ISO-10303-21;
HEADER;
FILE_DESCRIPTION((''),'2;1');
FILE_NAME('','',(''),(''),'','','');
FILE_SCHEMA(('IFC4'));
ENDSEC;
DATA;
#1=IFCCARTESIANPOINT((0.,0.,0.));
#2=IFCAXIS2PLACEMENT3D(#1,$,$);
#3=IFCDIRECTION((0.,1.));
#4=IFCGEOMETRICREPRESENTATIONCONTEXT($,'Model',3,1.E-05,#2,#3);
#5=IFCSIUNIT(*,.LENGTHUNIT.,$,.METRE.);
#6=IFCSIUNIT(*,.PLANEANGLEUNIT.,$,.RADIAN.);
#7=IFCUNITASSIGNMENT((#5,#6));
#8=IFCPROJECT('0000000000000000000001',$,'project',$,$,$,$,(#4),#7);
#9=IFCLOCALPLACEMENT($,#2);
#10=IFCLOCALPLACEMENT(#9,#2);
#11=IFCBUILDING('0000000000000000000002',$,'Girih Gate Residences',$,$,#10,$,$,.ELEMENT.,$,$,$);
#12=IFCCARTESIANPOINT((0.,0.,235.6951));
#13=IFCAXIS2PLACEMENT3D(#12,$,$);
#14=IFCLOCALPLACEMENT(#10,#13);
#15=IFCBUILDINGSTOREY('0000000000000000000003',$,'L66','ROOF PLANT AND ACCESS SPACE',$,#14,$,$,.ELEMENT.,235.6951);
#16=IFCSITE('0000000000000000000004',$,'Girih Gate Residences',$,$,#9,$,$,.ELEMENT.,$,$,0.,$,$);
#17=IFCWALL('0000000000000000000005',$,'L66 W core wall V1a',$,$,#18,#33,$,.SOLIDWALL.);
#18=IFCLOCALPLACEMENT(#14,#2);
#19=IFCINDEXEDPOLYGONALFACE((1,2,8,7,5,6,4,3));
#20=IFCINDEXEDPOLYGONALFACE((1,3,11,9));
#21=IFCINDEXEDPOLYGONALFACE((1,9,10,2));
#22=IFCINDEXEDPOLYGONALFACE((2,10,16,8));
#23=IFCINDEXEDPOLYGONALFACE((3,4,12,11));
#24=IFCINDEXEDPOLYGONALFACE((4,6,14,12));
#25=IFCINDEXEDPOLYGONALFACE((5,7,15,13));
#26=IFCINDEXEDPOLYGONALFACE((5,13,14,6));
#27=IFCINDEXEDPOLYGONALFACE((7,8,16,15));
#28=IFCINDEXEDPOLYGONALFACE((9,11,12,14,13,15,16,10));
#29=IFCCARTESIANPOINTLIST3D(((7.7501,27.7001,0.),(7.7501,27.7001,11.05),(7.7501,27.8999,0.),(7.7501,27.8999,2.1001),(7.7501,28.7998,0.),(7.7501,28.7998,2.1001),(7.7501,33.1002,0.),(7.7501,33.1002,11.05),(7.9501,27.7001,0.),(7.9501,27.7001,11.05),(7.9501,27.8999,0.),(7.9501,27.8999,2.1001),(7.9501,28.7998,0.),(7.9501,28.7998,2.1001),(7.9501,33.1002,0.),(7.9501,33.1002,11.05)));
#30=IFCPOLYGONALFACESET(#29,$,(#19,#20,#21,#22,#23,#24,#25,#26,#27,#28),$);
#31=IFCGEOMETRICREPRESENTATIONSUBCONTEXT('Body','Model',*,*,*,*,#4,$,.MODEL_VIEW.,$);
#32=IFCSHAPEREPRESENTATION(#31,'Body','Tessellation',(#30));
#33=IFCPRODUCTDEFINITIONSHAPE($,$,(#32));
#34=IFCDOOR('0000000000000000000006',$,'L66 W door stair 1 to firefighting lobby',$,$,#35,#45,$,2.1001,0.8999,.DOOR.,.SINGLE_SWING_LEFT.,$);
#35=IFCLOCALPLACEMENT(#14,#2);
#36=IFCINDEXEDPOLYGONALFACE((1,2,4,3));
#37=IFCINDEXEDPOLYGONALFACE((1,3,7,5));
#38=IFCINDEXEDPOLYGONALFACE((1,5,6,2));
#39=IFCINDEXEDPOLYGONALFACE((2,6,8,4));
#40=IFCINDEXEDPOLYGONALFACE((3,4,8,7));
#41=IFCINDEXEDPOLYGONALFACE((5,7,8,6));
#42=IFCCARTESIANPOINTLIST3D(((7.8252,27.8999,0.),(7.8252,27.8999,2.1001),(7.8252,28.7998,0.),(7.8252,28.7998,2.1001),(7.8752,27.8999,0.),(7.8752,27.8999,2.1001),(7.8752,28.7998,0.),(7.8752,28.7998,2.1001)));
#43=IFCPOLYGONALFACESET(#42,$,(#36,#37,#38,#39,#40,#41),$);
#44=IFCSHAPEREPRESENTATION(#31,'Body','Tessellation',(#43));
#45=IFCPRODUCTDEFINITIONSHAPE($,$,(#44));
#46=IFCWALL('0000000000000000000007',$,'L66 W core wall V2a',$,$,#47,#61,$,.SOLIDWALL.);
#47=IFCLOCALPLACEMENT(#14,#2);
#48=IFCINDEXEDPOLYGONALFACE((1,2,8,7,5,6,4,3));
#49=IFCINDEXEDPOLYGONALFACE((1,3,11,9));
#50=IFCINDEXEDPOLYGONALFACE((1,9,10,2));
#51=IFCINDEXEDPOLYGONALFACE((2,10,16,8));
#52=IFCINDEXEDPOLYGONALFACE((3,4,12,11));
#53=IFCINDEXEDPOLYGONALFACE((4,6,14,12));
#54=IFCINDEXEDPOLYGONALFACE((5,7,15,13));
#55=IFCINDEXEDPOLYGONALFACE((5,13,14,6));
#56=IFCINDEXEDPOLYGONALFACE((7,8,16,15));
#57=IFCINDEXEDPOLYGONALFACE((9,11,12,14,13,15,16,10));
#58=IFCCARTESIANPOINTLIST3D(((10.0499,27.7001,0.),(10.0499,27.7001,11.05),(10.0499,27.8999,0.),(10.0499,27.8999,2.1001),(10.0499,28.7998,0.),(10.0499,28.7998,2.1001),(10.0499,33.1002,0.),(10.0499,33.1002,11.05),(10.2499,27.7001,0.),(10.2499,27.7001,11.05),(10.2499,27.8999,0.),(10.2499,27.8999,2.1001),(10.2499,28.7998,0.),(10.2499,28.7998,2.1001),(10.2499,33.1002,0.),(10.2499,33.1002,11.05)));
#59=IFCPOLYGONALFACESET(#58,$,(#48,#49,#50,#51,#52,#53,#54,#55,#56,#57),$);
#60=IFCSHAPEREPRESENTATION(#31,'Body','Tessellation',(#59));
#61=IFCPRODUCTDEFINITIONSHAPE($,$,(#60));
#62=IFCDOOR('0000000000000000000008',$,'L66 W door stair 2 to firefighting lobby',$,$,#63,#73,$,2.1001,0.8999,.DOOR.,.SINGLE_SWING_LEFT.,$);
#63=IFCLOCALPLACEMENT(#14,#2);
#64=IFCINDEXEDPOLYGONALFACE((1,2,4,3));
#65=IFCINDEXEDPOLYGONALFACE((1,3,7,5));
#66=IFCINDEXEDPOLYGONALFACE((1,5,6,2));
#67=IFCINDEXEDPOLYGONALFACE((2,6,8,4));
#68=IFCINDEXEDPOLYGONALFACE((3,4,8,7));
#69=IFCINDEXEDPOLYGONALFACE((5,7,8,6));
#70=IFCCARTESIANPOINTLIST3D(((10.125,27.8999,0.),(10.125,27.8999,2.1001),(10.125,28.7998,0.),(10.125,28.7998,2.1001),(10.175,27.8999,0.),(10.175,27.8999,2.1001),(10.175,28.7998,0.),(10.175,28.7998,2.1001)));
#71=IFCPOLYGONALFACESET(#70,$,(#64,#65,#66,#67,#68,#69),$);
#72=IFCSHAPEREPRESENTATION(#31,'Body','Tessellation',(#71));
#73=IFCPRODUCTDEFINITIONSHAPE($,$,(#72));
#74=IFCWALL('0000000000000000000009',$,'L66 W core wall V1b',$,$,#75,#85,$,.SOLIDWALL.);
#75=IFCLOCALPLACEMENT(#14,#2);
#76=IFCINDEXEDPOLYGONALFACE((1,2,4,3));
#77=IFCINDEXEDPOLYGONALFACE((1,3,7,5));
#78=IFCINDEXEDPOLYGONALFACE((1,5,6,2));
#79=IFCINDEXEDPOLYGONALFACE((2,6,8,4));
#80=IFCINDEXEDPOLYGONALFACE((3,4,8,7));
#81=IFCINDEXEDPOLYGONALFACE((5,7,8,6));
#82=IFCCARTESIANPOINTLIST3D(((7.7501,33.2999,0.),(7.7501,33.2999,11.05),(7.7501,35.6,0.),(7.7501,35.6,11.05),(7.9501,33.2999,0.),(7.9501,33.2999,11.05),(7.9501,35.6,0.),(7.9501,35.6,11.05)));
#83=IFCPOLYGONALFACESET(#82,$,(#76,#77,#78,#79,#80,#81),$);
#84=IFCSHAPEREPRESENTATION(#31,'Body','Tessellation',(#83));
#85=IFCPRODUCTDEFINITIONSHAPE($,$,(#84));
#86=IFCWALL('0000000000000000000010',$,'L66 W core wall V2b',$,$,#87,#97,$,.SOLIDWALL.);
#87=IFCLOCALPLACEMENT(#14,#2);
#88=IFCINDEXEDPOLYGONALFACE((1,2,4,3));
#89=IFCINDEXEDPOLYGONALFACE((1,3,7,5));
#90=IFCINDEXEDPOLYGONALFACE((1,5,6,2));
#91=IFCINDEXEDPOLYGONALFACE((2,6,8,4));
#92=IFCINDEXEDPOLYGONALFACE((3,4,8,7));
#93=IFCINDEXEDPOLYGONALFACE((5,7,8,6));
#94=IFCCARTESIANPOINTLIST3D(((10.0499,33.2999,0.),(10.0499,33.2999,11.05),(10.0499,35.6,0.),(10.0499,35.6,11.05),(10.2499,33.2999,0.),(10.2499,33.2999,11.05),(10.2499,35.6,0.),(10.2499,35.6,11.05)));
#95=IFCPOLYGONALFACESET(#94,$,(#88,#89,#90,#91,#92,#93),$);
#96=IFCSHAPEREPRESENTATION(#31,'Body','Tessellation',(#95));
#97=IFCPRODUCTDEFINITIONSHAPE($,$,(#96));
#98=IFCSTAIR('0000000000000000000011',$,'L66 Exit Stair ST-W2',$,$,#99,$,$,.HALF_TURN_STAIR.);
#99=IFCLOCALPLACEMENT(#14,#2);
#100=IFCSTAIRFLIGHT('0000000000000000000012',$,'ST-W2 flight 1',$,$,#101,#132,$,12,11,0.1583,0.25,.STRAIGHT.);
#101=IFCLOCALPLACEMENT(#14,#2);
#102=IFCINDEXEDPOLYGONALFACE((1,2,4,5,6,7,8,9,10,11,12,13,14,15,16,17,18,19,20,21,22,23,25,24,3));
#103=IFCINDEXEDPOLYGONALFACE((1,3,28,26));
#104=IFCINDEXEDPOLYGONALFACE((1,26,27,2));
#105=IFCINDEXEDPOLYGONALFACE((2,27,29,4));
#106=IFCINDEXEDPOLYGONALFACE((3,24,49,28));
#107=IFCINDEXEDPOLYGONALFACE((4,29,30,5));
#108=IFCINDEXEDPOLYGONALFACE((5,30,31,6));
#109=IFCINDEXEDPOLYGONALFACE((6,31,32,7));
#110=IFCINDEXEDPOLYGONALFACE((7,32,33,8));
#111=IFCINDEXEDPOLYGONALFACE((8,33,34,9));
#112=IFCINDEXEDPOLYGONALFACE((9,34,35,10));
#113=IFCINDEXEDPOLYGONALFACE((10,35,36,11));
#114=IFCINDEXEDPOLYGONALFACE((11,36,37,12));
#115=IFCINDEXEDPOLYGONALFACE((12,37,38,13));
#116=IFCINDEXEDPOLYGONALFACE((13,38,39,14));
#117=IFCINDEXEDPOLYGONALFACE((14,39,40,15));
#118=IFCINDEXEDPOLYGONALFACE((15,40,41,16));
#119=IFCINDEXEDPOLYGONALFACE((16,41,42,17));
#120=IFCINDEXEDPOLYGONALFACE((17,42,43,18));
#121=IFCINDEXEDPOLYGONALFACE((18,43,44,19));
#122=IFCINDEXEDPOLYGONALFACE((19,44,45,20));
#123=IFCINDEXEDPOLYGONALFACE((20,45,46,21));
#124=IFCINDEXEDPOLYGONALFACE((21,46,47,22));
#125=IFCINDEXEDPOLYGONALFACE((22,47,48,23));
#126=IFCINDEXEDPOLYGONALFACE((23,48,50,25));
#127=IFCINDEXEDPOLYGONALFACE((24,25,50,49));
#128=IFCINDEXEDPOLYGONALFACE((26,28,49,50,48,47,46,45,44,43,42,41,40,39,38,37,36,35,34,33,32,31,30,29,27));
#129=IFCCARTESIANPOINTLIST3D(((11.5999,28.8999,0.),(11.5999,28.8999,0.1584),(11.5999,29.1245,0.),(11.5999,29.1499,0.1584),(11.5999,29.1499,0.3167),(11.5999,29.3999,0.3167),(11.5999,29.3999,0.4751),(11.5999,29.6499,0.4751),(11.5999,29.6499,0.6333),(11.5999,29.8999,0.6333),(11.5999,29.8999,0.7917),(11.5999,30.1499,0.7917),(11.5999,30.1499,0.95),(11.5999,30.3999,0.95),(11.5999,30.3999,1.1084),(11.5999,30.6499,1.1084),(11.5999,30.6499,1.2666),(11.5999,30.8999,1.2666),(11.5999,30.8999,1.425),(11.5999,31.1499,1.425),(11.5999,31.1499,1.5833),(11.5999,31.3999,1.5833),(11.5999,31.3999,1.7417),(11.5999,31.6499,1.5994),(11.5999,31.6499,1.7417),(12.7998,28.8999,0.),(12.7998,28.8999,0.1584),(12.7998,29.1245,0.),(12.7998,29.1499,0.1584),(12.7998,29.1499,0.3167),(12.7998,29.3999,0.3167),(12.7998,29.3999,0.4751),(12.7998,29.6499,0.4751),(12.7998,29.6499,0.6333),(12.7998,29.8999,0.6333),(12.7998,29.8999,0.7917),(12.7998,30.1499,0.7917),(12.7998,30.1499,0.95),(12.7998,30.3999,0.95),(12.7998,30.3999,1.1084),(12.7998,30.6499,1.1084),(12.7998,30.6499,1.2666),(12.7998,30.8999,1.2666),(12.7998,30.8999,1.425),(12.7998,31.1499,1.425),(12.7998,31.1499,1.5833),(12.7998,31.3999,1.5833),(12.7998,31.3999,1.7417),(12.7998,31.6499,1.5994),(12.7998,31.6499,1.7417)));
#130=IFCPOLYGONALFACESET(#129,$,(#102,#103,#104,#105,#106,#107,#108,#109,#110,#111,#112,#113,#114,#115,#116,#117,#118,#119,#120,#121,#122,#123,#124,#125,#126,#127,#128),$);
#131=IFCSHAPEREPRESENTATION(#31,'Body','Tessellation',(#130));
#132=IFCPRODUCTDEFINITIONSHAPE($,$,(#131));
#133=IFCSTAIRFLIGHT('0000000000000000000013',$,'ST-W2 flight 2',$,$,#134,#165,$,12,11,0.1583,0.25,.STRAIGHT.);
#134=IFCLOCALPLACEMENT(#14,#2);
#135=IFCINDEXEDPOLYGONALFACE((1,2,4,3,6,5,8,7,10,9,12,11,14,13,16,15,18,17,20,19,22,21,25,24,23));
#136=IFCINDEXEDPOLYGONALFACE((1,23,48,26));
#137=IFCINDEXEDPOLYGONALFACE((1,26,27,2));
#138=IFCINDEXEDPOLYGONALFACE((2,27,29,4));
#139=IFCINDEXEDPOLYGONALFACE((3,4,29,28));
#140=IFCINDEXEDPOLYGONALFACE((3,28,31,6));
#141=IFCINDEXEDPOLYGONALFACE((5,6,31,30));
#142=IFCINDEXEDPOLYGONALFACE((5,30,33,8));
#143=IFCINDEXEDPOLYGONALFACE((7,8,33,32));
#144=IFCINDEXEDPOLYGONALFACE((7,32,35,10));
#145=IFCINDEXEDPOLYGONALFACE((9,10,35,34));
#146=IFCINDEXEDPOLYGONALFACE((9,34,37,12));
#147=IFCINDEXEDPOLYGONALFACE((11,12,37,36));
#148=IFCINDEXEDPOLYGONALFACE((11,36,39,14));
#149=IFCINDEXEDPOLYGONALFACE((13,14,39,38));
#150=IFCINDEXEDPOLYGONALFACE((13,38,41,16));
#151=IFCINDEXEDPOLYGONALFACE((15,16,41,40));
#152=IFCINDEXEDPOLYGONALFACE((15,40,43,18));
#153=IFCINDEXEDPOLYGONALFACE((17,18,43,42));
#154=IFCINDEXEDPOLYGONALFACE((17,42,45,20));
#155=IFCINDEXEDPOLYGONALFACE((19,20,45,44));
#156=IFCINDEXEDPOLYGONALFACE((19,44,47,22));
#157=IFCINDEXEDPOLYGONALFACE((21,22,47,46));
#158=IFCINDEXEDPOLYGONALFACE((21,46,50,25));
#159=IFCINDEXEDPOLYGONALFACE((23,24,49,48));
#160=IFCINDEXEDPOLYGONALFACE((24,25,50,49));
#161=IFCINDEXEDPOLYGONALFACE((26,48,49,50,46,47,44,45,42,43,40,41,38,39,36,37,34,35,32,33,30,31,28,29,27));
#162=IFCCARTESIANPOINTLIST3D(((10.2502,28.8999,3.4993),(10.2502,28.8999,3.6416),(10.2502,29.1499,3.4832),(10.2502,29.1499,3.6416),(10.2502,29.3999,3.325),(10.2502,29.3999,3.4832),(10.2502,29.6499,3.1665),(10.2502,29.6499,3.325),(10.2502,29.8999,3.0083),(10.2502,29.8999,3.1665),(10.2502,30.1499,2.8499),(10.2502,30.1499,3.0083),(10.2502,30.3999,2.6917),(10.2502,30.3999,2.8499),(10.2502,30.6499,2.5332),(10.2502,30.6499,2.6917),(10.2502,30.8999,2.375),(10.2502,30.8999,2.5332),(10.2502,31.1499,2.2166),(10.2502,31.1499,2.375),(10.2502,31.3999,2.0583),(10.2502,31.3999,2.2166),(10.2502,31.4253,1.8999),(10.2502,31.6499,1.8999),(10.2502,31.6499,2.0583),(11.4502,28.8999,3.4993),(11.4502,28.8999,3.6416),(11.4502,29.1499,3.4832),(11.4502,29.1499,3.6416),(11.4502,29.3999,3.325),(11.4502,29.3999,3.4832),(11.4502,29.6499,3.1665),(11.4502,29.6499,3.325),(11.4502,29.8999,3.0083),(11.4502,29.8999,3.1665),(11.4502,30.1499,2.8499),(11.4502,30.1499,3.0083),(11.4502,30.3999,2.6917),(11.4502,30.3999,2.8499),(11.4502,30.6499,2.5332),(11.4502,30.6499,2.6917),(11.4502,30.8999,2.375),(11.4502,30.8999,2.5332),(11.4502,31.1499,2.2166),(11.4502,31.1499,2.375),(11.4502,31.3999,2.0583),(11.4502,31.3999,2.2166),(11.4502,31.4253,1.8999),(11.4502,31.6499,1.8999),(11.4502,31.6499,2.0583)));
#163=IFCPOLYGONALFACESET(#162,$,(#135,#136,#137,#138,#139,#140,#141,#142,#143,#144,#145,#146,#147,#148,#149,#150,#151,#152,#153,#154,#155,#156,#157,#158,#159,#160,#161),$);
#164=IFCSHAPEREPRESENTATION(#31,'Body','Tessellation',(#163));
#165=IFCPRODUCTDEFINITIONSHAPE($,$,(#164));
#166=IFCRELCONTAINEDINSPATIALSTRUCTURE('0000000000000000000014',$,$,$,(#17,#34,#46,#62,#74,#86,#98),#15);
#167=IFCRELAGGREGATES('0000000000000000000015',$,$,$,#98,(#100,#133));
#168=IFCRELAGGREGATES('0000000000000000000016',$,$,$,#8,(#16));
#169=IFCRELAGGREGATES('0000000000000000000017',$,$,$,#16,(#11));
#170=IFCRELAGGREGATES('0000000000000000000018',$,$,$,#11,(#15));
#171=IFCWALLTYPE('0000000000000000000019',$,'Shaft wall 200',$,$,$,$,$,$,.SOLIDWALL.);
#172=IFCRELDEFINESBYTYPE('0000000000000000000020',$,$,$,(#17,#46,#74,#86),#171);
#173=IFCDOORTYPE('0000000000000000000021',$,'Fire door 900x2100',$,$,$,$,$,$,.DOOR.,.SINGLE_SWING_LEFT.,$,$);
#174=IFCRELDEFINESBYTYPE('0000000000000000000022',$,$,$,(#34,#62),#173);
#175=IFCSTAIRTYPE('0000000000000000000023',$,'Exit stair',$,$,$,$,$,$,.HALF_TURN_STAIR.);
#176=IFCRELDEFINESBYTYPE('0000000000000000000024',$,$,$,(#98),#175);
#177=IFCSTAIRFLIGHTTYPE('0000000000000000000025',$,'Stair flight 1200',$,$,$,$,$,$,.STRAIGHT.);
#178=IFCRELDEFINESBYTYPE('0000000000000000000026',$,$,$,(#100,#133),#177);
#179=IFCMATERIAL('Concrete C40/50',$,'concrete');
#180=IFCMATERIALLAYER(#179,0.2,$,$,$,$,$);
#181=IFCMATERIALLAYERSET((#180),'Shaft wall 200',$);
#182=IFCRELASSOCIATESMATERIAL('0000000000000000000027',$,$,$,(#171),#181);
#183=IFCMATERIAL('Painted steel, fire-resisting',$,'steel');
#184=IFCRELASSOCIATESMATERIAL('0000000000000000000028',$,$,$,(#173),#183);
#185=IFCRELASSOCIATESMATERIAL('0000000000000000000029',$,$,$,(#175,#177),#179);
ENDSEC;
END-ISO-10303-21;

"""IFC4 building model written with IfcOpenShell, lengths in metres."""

from ifc_helpers import new_model, si_unit, direction, frame, frame_2d, origin, place, context, subcontext, project, spatial, polyline, rectangle, outline, extrude, material, layer, layer_set, type_object, element, fill, aggregate, save


model = new_model("IFC4")

# Units and contexts
model_context = context("Model", 3, precision=1e-05, world=origin(), true_north=direction((0.0, 1.0)))
body_context = subcontext(model_context, "Body", "Model", "MODEL_VIEW")
ifc_project = project(units=[si_unit("LENGTHUNIT", "METRE"), si_unit("PLANEANGLEUNIT", "RADIAN")], contexts=[model_context])

# Site, building, storey
site_placement = place(None, origin())
site = spatial("IfcSite", under=ifc_project, at=site_placement, Name="Girih Gate Residences", CompositionType="ELEMENT", RefElevation=0.0)
building_placement = place(site_placement, origin())
building = spatial("IfcBuilding", under=site, at=building_placement, Name="Girih Gate Residences", CompositionType="ELEMENT")
storey_placement = place(building_placement, frame((0.0, 0.0, 235.6951)))
storey = spatial("IfcBuildingStorey", under=building, at=storey_placement, Name="L66", Description="ROOF PLANT AND ACCESS SPACE", CompositionType="ELEMENT", Elevation=235.6951)

# Walls, openings, doors
ifc_material_1 = material(Name="Concrete C40/50", Category="concrete")
ifc_layer = layer(ifc_material_1, 0.2)
ifc_layer_set = layer_set([ifc_layer], Name="Shaft wall 200")
wall_type = type_object("IfcWallType", Name="Shaft wall 200", PredefinedType="SOLIDWALL", material=ifc_layer_set)
wall_1_placement = place(storey_placement, frame((7.8501, 27.7, 0.0), z_axis=(0.0, 0.0, 1.0), x_axis=(0.0, 1.0, 0.0)))
wall_1 = element("IfcWall", 1, at=wall_1_placement, inside=storey, type_object=wall_type, Name="L66 W core wall V1a", PredefinedType="SOLIDWALL", context=body_context, shape_type="SweptSolid", body=[
    extrude(rectangle(XDim=5.4001, YDim=0.2, at=frame_2d((2.7002, 0.0))), origin(), (0.0, 0.0, 1.0), 11.05),
])
opening_1_placement = place(wall_1_placement, frame((0.2, 0.0, 0.0)))
opening_1 = element("IfcOpeningElement", 2, at=opening_1_placement, cuts=wall_1, PredefinedType="OPENING", context=body_context, shape_type="SweptSolid", body=[
    extrude(rectangle(XDim=0.8999, YDim=2.1001, at=frame_2d((0.45, 1.05))), frame((0.0, 0.1099, 0.0), z_axis=(0.0, -1.0, 0.0), x_axis=(1.0, 0.0, 0.0)), (0.0, 0.0, 1.0), 0.22),
])
ifc_material_2 = material(Name="Painted steel, fire-resisting", Category="steel")
door_type = type_object("IfcDoorType", Name="Fire door 900x2100", OperationType="SINGLE_SWING_LEFT", PredefinedType="DOOR", material=ifc_material_2)
door_1_placement = place(opening_1_placement, origin())
door_1 = element("IfcDoor", 3, at=door_1_placement, inside=storey, type_object=door_type, Name="L66 W door stair 1 to firefighting lobby", OperationType="SINGLE_SWING_LEFT", OverallHeight=2.1001, OverallWidth=0.8999, PredefinedType="DOOR", context=body_context, shape_type="SweptSolid", body=[
    extrude(rectangle(XDim=0.8999, YDim=2.1001, at=frame_2d((0.45, 1.05))), frame((0.0, 0.0249, 0.0), z_axis=(0.0, -1.0, 0.0), x_axis=(1.0, 0.0, 0.0)), (0.0, 0.0, 1.0), 0.05),
])
fill(opening_1, door_1)
wall_2_placement = place(storey_placement, frame((10.1499, 27.7, 0.0), z_axis=(0.0, 0.0, 1.0), x_axis=(0.0, 1.0, 0.0)))
wall_2 = element("IfcWall", 4, at=wall_2_placement, inside=storey, type_object=wall_type, Name="L66 W core wall V2a", PredefinedType="SOLIDWALL", context=body_context, shape_type="SweptSolid", body=[
    extrude(rectangle(XDim=5.4001, YDim=0.2, at=frame_2d((2.7002, 0.0))), origin(), (0.0, 0.0, 1.0), 11.05),
])
opening_2_placement = place(wall_2_placement, frame((0.2, 0.0, 0.0)))
opening_2 = element("IfcOpeningElement", 5, at=opening_2_placement, cuts=wall_2, PredefinedType="OPENING", context=body_context, shape_type="SweptSolid", body=[
    extrude(rectangle(XDim=0.8999, YDim=2.1001, at=frame_2d((0.45, 1.05))), frame((0.0, 0.1099, 0.0), z_axis=(0.0, -1.0, 0.0), x_axis=(1.0, 0.0, 0.0)), (0.0, 0.0, 1.0), 0.22),
])
door_2_placement = place(opening_2_placement, origin())
door_2 = element("IfcDoor", 6, at=door_2_placement, inside=storey, type_object=door_type, Name="L66 W door stair 2 to firefighting lobby", OperationType="SINGLE_SWING_LEFT", OverallHeight=2.1001, OverallWidth=0.8999, PredefinedType="DOOR", context=body_context, shape_type="SweptSolid", body=[
    extrude(rectangle(XDim=0.8999, YDim=2.1001, at=frame_2d((0.45, 1.05))), frame((0.0, 0.0249, 0.0), z_axis=(0.0, -1.0, 0.0), x_axis=(1.0, 0.0, 0.0)), (0.0, 0.0, 1.0), 0.05),
])
fill(opening_2, door_2)

# Walls
for number, where, z_axis, x_axis, name in (
    (7, (7.8501, 33.3, 0.0), (0.0, 0.0, 1.0), (0.0, 1.0, 0.0), "L66 W core wall V1b"),
    (8, (10.1499, 33.3, 0.0), (0.0, 0.0, 1.0), (0.0, 1.0, 0.0), "L66 W core wall V2b"),
):
    element("IfcWall", number, at=place(storey_placement, frame(where, z_axis=z_axis, x_axis=x_axis)), inside=storey, type_object=wall_type, Name=name, PredefinedType="SOLIDWALL", context=body_context, shape_type="SweptSolid", body=[
        extrude(rectangle(XDim=2.3, YDim=0.2, at=frame_2d((1.1499, 0.0))), origin(), (0.0, 0.0, 1.0), 11.05),
    ])

# Stair, stair flights
stair_type = type_object("IfcStairType", Name="Exit stair", PredefinedType="HALF_TURN_STAIR", material=ifc_material_1)
stair_placement = place(storey_placement, origin())
stair = element("IfcStair", 9, at=stair_placement, inside=storey, type_object=stair_type, Name="L66 Exit Stair ST-W2", PredefinedType="HALF_TURN_STAIR")
stair_flight_type = type_object("IfcStairFlightType", Name="Stair flight 1200", PredefinedType="STRAIGHT", material=ifc_material_1)
stair_flight_1_placement = place(storey_placement, frame((12.2, 28.8999, 0.0), z_axis=(0.0, 0.0, 1.0), x_axis=(0.0, 1.0, 0.0)))
stair_flight_1 = element("IfcStairFlight", 10, at=stair_flight_1_placement, type_object=stair_flight_type, Name="ST-W2 flight 1", NumberOfRisers=12, NumberOfTreads=11, PredefinedType="STRAIGHT", RiserHeight=0.1583, TreadLength=0.25, context=body_context, shape_type="SweptSolid", body=[
    extrude(outline(polyline([(0.0, 0.0), (0.0, 0.1584), (0.25, 0.1584), (0.25, 0.3167), (0.5, 0.3167), (0.5, 0.4751), (0.75, 0.4751), (0.75, 0.6333), (1.0, 0.6333), (1.0, 0.7917), (1.25, 0.7917), (1.25, 0.95), (1.5, 0.95), (1.5, 1.1084), (1.75, 1.1084), (1.75, 1.2666), (2.0, 1.2666), (2.0, 1.425), (2.25, 1.425), (2.25, 1.5833), (2.5, 1.5833), (2.5, 1.7417), (2.75, 1.7417), (2.75, 1.8999), (2.75, 1.5994), (0.2246, 0.0), (0.0, 0.0)])), frame((0.0, 0.6001, 0.0), z_axis=(0.0, -1.0, 0.0), x_axis=(1.0, 0.0, 0.0)), (0.0, 0.0, 1.0), 1.2),
])
stair_flight_2_placement = place(storey_placement, frame((10.8501, 31.6499, 1.8999), z_axis=(0.0, 0.0, 1.0), x_axis=(0.0, -1.0, 0.0)))
stair_flight_2 = element("IfcStairFlight", 11, at=stair_flight_2_placement, type_object=stair_flight_type, Name="ST-W2 flight 2", NumberOfRisers=12, NumberOfTreads=11, PredefinedType="STRAIGHT", RiserHeight=0.1583, TreadLength=0.25, context=body_context, shape_type="SweptSolid", body=[
    extrude(outline(polyline([(0.0, 0.0), (0.0, 0.1584), (0.25, 0.1584), (0.25, 0.3167), (0.5, 0.3167), (0.5, 0.4751), (0.75, 0.4751), (0.75, 0.6333), (1.0, 0.6333), (1.0, 0.7917), (1.25, 0.7917), (1.25, 0.95), (1.5, 0.95), (1.5, 1.1084), (1.75, 1.1084), (1.75, 1.2666), (2.0, 1.2666), (2.0, 1.425), (2.25, 1.425), (2.25, 1.5833), (2.5, 1.5833), (2.5, 1.7417), (2.75, 1.7417), (2.75, 1.8999), (2.75, 1.5994), (0.2246, 0.0), (0.0, 0.0)])), frame((0.0, 0.6001, 0.0), z_axis=(0.0, -1.0, 0.0), x_axis=(1.0, 0.0, 0.0)), (0.0, 0.0, 1.0), 1.2),
])
aggregate(stair, [stair_flight_1, stair_flight_2])

save(model, "model.ifc")
